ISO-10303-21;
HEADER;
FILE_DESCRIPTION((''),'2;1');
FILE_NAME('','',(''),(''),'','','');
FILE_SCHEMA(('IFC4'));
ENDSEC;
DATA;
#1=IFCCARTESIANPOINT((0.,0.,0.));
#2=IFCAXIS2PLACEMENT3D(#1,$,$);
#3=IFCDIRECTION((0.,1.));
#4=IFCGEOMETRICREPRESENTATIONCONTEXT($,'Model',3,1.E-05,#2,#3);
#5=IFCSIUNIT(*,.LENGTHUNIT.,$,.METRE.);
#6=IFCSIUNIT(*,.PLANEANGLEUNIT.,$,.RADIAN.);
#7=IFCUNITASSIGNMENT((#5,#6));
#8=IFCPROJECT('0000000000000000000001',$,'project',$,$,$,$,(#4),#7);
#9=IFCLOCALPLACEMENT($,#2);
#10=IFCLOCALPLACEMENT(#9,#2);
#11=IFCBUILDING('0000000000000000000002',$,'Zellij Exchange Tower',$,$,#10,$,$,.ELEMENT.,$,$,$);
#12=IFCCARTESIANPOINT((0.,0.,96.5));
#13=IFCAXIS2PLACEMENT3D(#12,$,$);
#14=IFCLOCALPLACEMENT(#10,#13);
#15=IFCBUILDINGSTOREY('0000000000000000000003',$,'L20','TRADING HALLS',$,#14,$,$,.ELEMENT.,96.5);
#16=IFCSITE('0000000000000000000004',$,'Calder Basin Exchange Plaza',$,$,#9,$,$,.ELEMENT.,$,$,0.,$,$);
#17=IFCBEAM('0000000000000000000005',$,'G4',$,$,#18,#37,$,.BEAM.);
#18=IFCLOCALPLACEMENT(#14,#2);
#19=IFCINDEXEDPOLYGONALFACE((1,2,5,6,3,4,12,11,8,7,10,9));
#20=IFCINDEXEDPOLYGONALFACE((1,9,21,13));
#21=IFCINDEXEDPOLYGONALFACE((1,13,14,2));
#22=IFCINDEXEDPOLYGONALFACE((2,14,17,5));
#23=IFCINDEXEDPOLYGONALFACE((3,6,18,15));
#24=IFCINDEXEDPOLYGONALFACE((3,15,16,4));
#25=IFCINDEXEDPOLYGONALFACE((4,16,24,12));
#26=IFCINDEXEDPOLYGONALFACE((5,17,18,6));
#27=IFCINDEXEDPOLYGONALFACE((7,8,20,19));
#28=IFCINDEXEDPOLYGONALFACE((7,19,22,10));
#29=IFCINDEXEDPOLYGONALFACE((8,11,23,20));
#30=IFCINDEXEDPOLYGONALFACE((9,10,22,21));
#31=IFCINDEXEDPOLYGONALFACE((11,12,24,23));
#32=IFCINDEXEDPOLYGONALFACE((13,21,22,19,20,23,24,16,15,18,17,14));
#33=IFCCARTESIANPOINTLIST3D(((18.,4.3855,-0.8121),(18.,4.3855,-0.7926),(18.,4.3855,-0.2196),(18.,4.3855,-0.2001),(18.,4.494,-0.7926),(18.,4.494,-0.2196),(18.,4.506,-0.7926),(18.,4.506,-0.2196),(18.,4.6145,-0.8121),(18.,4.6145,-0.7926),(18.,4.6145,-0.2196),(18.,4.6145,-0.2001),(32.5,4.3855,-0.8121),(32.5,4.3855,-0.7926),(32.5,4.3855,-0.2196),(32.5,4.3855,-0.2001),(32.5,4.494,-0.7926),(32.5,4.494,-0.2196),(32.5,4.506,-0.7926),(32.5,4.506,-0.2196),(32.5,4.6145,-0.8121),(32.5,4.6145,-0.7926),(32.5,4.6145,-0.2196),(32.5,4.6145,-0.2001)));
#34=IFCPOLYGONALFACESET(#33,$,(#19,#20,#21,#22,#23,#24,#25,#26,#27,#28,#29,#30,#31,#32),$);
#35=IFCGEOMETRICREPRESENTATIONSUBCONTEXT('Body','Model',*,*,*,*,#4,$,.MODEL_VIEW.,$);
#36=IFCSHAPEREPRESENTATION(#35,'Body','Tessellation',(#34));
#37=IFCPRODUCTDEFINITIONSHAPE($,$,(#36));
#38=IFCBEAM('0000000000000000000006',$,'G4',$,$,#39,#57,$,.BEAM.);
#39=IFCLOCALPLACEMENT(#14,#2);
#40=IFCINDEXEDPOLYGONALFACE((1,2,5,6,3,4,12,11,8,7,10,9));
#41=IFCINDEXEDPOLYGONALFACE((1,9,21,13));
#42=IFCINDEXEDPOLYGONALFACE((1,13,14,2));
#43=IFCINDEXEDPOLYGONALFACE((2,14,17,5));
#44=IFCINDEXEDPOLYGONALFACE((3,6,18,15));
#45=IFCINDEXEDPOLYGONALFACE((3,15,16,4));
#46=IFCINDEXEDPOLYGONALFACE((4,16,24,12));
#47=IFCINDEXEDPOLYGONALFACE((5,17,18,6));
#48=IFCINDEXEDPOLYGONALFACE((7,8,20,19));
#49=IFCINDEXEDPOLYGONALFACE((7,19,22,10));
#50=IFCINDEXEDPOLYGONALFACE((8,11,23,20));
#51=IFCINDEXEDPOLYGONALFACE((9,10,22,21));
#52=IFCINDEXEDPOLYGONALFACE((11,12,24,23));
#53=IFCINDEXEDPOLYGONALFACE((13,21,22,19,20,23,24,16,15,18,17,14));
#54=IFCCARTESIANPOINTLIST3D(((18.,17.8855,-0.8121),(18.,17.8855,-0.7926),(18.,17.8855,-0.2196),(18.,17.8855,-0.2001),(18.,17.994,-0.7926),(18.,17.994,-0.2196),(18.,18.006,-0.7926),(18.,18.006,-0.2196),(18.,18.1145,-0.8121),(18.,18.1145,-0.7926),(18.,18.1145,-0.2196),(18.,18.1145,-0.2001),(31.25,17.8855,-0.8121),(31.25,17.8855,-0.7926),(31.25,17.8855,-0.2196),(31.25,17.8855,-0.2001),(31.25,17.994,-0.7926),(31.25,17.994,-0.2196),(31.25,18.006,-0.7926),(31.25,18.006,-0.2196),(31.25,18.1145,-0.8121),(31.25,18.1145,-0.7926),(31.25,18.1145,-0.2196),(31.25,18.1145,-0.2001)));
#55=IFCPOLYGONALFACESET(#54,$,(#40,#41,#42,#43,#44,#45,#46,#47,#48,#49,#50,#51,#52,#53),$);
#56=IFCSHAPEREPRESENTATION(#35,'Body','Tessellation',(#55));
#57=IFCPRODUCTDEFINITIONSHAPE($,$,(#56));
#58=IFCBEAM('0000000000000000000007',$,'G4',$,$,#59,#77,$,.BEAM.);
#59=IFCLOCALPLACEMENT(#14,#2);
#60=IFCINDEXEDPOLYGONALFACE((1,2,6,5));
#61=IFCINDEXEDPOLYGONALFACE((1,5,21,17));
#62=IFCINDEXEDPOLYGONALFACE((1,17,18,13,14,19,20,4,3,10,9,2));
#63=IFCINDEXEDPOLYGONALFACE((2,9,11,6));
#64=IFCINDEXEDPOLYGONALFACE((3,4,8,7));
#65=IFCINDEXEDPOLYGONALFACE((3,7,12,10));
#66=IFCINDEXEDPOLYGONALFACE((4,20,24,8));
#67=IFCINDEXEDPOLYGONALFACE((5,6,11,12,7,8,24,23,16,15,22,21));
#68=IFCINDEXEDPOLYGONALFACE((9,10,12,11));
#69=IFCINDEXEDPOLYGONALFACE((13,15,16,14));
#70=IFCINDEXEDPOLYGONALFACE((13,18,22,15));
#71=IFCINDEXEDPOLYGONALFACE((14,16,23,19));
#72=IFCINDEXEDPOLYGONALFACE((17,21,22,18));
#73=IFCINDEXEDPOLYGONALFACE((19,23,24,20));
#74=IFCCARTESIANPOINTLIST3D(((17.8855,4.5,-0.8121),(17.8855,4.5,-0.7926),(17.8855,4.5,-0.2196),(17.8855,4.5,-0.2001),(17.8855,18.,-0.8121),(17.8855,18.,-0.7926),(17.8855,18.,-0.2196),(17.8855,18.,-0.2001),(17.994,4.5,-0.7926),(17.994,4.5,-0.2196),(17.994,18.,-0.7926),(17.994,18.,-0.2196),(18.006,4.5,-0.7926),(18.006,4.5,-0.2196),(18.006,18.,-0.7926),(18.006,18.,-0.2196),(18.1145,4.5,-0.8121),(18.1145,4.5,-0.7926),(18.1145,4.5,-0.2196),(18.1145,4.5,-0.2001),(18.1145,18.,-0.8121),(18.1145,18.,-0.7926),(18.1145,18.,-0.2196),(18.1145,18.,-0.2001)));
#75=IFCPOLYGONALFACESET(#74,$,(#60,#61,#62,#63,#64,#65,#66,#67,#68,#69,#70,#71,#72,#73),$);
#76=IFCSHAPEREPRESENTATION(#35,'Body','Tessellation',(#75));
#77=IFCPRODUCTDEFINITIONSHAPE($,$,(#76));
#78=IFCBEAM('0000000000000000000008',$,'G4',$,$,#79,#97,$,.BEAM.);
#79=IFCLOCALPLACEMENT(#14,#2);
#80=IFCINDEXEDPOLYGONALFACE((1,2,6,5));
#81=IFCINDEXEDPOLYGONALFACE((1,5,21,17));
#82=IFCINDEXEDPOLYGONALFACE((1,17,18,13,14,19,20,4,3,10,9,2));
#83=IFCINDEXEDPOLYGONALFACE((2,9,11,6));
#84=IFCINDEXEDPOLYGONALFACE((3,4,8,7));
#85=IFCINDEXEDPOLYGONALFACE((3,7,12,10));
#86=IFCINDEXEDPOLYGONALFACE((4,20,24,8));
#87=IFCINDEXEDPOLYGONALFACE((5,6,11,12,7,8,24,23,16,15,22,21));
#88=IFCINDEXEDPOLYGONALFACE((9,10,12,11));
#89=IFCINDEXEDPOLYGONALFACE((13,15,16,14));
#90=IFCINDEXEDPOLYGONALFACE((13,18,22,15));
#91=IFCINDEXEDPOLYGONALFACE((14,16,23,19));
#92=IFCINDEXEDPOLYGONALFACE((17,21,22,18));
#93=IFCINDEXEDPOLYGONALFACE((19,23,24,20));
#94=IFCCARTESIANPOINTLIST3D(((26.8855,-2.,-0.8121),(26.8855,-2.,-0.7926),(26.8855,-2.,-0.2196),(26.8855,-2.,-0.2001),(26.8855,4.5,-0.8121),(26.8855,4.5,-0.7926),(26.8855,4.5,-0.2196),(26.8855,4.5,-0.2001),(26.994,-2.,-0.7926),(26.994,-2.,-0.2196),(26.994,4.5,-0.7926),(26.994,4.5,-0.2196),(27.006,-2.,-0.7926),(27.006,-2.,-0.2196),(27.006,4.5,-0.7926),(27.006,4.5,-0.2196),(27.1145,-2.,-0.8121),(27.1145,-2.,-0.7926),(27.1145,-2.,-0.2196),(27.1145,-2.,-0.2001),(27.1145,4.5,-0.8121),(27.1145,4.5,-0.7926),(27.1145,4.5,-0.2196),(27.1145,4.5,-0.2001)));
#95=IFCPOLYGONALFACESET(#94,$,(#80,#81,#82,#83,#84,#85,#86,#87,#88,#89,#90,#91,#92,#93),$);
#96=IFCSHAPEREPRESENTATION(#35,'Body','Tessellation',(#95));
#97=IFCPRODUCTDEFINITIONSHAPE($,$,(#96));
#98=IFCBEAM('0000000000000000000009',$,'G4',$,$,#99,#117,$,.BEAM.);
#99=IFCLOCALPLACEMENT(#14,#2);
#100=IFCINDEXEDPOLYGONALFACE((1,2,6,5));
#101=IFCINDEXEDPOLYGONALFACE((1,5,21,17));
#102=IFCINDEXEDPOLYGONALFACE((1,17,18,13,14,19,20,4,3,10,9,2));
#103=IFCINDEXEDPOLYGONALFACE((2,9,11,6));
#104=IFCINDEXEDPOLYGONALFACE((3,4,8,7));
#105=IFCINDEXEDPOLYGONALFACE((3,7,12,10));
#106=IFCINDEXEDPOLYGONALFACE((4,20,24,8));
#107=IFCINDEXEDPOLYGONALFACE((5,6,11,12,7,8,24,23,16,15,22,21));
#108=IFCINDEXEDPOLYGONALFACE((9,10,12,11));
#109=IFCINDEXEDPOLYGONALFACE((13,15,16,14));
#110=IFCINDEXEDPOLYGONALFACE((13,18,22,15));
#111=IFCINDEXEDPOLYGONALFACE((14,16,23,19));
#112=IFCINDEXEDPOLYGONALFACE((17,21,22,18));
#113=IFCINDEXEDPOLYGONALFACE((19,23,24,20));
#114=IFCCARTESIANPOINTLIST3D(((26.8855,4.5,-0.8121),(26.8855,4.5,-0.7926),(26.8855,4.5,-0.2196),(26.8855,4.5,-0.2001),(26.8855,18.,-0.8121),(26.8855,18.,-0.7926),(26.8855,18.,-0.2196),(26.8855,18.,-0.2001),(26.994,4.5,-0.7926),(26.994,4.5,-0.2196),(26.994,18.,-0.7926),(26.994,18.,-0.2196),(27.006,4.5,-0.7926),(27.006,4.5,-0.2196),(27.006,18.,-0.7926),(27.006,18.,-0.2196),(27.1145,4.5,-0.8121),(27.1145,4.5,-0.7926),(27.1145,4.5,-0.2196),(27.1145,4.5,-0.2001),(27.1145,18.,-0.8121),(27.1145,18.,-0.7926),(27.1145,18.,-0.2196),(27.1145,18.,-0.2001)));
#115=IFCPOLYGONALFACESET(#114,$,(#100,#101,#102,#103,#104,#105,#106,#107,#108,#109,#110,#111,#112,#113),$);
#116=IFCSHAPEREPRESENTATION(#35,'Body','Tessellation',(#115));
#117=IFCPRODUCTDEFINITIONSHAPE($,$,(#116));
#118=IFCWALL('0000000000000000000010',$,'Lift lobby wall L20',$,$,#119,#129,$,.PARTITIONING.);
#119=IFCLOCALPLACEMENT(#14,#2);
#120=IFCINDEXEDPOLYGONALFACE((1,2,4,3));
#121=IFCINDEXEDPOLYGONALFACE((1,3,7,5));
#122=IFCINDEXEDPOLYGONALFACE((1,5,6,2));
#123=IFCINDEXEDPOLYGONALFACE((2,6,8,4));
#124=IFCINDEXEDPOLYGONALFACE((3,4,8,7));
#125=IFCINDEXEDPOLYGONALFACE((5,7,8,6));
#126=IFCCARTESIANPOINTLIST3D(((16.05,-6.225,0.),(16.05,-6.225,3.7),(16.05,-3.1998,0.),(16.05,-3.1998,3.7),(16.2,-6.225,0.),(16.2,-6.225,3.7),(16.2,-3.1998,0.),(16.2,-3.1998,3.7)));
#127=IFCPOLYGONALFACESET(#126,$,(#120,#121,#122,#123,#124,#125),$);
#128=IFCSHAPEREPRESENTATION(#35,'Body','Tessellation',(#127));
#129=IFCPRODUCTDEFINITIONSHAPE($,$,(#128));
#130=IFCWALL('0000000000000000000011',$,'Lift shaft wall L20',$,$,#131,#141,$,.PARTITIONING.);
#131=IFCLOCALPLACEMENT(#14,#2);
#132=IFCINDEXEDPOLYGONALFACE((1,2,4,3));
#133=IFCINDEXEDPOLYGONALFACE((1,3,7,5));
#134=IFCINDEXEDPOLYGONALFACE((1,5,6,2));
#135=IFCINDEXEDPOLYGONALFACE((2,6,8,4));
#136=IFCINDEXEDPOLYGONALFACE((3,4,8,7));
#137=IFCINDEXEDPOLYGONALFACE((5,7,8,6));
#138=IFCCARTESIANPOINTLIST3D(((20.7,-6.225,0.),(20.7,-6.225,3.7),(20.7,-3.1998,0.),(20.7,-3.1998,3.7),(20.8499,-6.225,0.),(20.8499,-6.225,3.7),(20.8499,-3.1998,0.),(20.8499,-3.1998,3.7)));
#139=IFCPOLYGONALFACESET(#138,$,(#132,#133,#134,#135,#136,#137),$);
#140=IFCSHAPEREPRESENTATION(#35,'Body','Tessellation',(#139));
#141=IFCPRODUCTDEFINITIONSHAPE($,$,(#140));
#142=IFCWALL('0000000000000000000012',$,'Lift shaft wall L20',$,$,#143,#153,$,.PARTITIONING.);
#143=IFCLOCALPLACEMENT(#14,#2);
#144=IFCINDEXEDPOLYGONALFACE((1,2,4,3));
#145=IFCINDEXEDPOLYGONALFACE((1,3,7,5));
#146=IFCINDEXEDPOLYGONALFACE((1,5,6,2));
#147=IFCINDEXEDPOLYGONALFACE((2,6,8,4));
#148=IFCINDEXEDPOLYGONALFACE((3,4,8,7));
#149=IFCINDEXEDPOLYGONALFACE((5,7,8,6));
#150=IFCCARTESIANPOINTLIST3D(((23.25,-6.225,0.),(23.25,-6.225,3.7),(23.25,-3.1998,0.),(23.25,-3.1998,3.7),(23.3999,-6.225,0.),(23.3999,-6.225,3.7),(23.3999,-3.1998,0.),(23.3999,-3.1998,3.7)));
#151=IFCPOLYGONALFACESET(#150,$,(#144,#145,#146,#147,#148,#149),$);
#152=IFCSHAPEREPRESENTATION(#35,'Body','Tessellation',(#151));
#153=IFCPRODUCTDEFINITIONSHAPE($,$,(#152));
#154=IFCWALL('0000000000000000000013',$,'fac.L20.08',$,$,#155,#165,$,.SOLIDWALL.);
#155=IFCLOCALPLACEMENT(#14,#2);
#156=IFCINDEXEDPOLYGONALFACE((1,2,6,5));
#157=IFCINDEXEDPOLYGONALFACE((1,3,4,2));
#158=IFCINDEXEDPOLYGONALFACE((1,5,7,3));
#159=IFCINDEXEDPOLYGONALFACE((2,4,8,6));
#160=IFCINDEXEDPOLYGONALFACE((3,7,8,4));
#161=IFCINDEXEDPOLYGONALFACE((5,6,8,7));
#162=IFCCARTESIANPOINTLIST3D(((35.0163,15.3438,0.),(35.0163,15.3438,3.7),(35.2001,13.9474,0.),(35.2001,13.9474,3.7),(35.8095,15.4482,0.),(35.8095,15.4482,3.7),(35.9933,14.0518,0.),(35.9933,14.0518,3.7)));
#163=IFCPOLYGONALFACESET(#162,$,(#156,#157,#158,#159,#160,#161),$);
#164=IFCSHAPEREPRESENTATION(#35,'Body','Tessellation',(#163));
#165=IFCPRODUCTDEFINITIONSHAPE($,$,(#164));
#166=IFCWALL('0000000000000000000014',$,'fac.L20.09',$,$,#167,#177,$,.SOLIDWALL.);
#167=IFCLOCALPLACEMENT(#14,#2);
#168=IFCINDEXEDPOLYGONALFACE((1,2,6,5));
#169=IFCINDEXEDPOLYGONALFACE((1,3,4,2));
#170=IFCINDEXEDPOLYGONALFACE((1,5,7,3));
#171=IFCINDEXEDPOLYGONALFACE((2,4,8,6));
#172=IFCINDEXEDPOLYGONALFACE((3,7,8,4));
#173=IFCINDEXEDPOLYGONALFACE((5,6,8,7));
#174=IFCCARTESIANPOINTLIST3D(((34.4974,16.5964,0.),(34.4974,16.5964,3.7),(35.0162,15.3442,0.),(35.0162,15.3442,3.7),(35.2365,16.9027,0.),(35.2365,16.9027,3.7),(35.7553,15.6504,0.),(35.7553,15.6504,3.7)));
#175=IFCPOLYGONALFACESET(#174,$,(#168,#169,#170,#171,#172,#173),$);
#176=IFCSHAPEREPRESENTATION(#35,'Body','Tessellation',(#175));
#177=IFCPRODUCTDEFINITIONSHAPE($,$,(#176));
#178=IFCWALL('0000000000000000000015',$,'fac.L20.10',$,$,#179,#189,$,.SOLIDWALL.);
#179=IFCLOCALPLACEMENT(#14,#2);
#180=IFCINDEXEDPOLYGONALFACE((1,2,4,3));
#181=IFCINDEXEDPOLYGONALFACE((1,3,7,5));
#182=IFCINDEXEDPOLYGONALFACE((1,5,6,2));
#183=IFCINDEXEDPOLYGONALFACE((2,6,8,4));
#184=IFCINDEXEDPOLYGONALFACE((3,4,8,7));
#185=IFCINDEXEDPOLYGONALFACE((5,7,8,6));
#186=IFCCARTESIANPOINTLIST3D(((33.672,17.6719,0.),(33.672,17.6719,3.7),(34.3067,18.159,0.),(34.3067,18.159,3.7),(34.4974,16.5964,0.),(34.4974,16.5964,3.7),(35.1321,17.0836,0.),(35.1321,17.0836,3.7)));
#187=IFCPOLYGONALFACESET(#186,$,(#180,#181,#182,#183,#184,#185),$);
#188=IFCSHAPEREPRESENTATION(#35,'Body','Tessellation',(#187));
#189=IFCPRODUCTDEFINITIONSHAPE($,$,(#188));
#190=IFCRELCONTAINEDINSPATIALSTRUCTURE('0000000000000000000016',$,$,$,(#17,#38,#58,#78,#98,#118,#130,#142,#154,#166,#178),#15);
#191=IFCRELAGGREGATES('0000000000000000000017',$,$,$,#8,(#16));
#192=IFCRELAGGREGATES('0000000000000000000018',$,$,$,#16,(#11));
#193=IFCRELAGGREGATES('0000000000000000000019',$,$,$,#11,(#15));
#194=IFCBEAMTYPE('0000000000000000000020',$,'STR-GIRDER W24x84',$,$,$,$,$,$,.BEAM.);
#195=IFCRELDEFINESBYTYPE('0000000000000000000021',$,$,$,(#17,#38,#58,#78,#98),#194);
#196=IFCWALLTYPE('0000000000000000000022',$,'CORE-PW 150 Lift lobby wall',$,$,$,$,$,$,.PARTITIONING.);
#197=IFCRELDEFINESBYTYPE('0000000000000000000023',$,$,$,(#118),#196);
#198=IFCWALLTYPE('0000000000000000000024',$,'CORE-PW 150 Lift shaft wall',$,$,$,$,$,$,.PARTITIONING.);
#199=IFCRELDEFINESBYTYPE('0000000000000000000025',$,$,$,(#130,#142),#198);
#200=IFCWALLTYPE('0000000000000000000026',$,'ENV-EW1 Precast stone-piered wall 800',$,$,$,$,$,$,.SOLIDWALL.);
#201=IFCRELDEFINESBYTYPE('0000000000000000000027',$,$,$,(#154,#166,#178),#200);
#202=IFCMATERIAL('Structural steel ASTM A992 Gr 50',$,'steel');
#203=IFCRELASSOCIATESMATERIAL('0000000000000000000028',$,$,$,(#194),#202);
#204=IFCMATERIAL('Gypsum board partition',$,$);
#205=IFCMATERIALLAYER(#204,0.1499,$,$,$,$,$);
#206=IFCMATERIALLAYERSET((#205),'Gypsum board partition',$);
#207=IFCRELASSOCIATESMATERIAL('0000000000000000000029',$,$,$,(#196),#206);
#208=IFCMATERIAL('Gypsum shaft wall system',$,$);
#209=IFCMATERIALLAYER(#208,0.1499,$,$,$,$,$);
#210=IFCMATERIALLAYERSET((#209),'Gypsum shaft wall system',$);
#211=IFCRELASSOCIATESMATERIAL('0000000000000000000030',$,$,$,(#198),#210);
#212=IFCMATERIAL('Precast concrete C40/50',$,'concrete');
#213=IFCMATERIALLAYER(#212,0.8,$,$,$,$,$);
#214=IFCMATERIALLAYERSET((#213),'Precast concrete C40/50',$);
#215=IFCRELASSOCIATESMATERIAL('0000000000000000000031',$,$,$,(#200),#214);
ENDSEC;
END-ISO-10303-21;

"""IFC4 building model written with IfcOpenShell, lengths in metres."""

from ifc_helpers import new_model, si_unit, direction, frame, frame_2d, origin, origin_2d, place, context, subcontext, project, spatial, rectangle, i_section, extrude, material, layer, layer_set, material_profile, profile_set, type_object, element, save


model = new_model("IFC4")

# Units and contexts
model_context = context("Model", 3, precision=1e-05, world=origin(), true_north=direction((0.0, 1.0)))
body_context = subcontext(model_context, "Body", "Model", "MODEL_VIEW")
ifc_project = project(units=[si_unit("LENGTHUNIT", "METRE"), si_unit("PLANEANGLEUNIT", "RADIAN")], contexts=[model_context])

# Site, building, storey
site_placement = place(None, origin())
site = spatial("IfcSite", under=ifc_project, at=site_placement, Name="Calder Basin Exchange Plaza", CompositionType="ELEMENT", RefElevation=0.0)
building_placement = place(site_placement, origin())
building = spatial("IfcBuilding", under=site, at=building_placement, Name="Zellij Exchange Tower", CompositionType="ELEMENT")
storey_placement = place(building_placement, frame((0.0, 0.0, 96.5)))
storey = spatial("IfcBuildingStorey", under=building, at=storey_placement, Name="L20", Description="TRADING HALLS", CompositionType="ELEMENT", Elevation=96.5)

# Beams
ifc_material_1 = material(Name="Structural steel ASTM A992 Gr 50", Category="steel")
ifc_material_profile_1 = material_profile(ifc_material_1, i_section(OverallWidth=0.229, OverallDepth=0.6121, WebThickness=0.012, FlangeThickness=0.0195, at=origin_2d()), Name="W24x84")
ifc_profile_set_1 = profile_set([ifc_material_profile_1], Name="Structural steel ASTM A992 Gr 50")
beam_type_1 = type_object("IfcBeamType", Name="STR-GIRDER W24x84", PredefinedType="BEAM", material=ifc_profile_set_1)
beam_1_placement = place(storey_placement, frame((18.0, 4.5, -0.5061), z_axis=(1.0, 0.0, 0.0), x_axis=(0.0, 1.0, 0.0)))
element("IfcBeam", 1, at=beam_1_placement, inside=storey, type_object=beam_type_1, Name="G4", PredefinedType="BEAM", context=body_context, shape_type="SweptSolid", body=[
    extrude(i_section(OverallWidth=0.229, OverallDepth=0.6121, WebThickness=0.012, FlangeThickness=0.0195, at=origin_2d()), origin(), (0.0, 0.0, 1.0), 14.5),
])
beam_2_placement = place(storey_placement, frame((18.0, 18.0, -0.5061), z_axis=(1.0, 0.0, 0.0), x_axis=(0.0, 1.0, 0.0)))
element("IfcBeam", 2, at=beam_2_placement, inside=storey, type_object=beam_type_1, Name="G4", PredefinedType="BEAM", context=body_context, shape_type="SweptSolid", body=[
    extrude(i_section(OverallWidth=0.229, OverallDepth=0.6121, WebThickness=0.012, FlangeThickness=0.0195, at=origin_2d()), origin(), (0.0, 0.0, 1.0), 13.25),
])
beam_3_placement = place(storey_placement, frame((18.0, 4.5, -0.5061), z_axis=(0.0, 1.0, 0.0), x_axis=(-1.0, 0.0, 0.0)))
element("IfcBeam", 3, at=beam_3_placement, inside=storey, type_object=beam_type_1, Name="G4", PredefinedType="BEAM", context=body_context, shape_type="SweptSolid", body=[
    extrude(i_section(OverallWidth=0.229, OverallDepth=0.6121, WebThickness=0.012, FlangeThickness=0.0195, at=origin_2d()), origin(), (0.0, 0.0, 1.0), 13.5),
])
beam_4_placement = place(storey_placement, frame((27.0, -2.0, -0.5061), z_axis=(0.0, 1.0, 0.0), x_axis=(-1.0, 0.0, 0.0)))
element("IfcBeam", 4, at=beam_4_placement, inside=storey, type_object=beam_type_1, Name="G4", PredefinedType="BEAM", context=body_context, shape_type="SweptSolid", body=[
    extrude(i_section(OverallWidth=0.229, OverallDepth=0.6121, WebThickness=0.012, FlangeThickness=0.0195, at=origin_2d()), origin(), (0.0, 0.0, 1.0), 6.5),
])
beam_5_placement = place(storey_placement, frame((27.0, 4.5, -0.5061), z_axis=(0.0, 1.0, 0.0), x_axis=(-1.0, 0.0, 0.0)))
element("IfcBeam", 5, at=beam_5_placement, inside=storey, type_object=beam_type_1, Name="G4", PredefinedType="BEAM", context=body_context, shape_type="SweptSolid", body=[
    extrude(i_section(OverallWidth=0.229, OverallDepth=0.6121, WebThickness=0.012, FlangeThickness=0.0195, at=origin_2d()), origin(), (0.0, 0.0, 1.0), 13.5),
])

# Walls
ifc_material_2 = material(Name="Gypsum board partition")
ifc_layer_1 = layer(ifc_material_2, 0.1499)
ifc_layer_set_1 = layer_set([ifc_layer_1], Name="Gypsum board partition")
wall_type_1 = type_object("IfcWallType", Name="CORE-PW 150 Lift lobby wall", PredefinedType="PARTITIONING", material=ifc_layer_set_1)
wall_1_placement = place(storey_placement, frame((16.125, -6.2251, 0.0), z_axis=(0.0, 0.0, 1.0), x_axis=(0.0, 1.0, 0.0)))
element("IfcWall", 6, at=wall_1_placement, inside=storey, type_object=wall_type_1, Name="Lift lobby wall L20", PredefinedType="PARTITIONING", context=body_context, shape_type="SweptSolid", body=[
    extrude(rectangle(XDim=3.0251, YDim=0.1499, at=frame_2d((1.5127, 0.0))), origin(), (0.0, 0.0, 1.0), 3.7),
])
ifc_material_3 = material(Name="Gypsum shaft wall system")
ifc_layer_2 = layer(ifc_material_3, 0.1499)
ifc_layer_set_2 = layer_set([ifc_layer_2], Name="Gypsum shaft wall system")
wall_type_2 = type_object("IfcWallType", Name="CORE-PW 150 Lift shaft wall", PredefinedType="PARTITIONING", material=ifc_layer_set_2)
for number, where, z_axis, x_axis, name in (
    (7, (20.7749, -6.2251, 0.0), (0.0, 0.0, 1.0), (0.0, 1.0, 0.0), "Lift shaft wall L20"),
    (8, (23.325, -6.2251, 0.0), (0.0, 0.0, 1.0), (0.0, 1.0, 0.0), "Lift shaft wall L20"),
):
    element("IfcWall", number, at=place(storey_placement, frame(where, z_axis=z_axis, x_axis=x_axis)), inside=storey, type_object=wall_type_2, Name=name, PredefinedType="PARTITIONING", context=body_context, shape_type="SweptSolid", body=[
        extrude(rectangle(XDim=3.0251, YDim=0.1499, at=frame_2d((1.5127, 0.0))), origin(), (0.0, 0.0, 1.0), 3.7),
    ])
ifc_material_4 = material(Name="Precast concrete C40/50", Category="concrete")
ifc_layer_3 = layer(ifc_material_4, 0.8)
ifc_layer_set_3 = layer_set([ifc_layer_3], Name="Precast concrete C40/50")
wall_type_3 = type_object("IfcWallType", Name="ENV-EW1 Precast stone-piered wall 800", PredefinedType="SOLIDWALL", material=ifc_layer_set_3)
wall_2_placement = place(storey_placement, frame((35.5967, 13.9998, 0.0), z_axis=(0.0, 0.0, 1.0), x_axis=(-0.130517, 0.991446, 0.0)))
element("IfcWall", 9, at=wall_2_placement, inside=storey, type_object=wall_type_3, Name="fac.L20.08", PredefinedType="SOLIDWALL", context=body_context, shape_type="SweptSolid", body=[
    extrude(rectangle(XDim=1.4084, YDim=0.8, at=frame_2d((0.7041, 0.0))), origin(), (0.0, 0.0, 1.0), 3.7),
])
wall_3_placement = place(storey_placement, frame((35.3857, 15.4973, 0.0), z_axis=(0.0, 0.0, 1.0), x_axis=(-0.38276, 0.923848, 0.0)))
element("IfcWall", 10, at=wall_3_placement, inside=storey, type_object=wall_type_3, Name="fac.L20.09", PredefinedType="SOLIDWALL", context=body_context, shape_type="SweptSolid", body=[
    extrude(rectangle(XDim=1.3555, YDim=0.8, at=frame_2d((0.6777, 0.0))), origin(), (0.0, 0.0, 1.0), 3.7),
])
for number, where, z_axis, x_axis, name in (
    (11, (34.8147, 16.8401, 0.0), (0.0, 0.0, 1.0), (-0.608866, 0.793273, 0.0), "fac.L20.10"),
):
    element("IfcWall", number, at=place(storey_placement, frame(where, z_axis=z_axis, x_axis=x_axis)), inside=storey, type_object=wall_type_3, Name=name, PredefinedType="SOLIDWALL", context=body_context, shape_type="SweptSolid", body=[
        extrude(rectangle(XDim=1.3557, YDim=0.8, at=frame_2d((0.6777, 0.0))), origin(), (0.0, 0.0, 1.0), 3.7),
    ])

save(model, "model.ifc")
